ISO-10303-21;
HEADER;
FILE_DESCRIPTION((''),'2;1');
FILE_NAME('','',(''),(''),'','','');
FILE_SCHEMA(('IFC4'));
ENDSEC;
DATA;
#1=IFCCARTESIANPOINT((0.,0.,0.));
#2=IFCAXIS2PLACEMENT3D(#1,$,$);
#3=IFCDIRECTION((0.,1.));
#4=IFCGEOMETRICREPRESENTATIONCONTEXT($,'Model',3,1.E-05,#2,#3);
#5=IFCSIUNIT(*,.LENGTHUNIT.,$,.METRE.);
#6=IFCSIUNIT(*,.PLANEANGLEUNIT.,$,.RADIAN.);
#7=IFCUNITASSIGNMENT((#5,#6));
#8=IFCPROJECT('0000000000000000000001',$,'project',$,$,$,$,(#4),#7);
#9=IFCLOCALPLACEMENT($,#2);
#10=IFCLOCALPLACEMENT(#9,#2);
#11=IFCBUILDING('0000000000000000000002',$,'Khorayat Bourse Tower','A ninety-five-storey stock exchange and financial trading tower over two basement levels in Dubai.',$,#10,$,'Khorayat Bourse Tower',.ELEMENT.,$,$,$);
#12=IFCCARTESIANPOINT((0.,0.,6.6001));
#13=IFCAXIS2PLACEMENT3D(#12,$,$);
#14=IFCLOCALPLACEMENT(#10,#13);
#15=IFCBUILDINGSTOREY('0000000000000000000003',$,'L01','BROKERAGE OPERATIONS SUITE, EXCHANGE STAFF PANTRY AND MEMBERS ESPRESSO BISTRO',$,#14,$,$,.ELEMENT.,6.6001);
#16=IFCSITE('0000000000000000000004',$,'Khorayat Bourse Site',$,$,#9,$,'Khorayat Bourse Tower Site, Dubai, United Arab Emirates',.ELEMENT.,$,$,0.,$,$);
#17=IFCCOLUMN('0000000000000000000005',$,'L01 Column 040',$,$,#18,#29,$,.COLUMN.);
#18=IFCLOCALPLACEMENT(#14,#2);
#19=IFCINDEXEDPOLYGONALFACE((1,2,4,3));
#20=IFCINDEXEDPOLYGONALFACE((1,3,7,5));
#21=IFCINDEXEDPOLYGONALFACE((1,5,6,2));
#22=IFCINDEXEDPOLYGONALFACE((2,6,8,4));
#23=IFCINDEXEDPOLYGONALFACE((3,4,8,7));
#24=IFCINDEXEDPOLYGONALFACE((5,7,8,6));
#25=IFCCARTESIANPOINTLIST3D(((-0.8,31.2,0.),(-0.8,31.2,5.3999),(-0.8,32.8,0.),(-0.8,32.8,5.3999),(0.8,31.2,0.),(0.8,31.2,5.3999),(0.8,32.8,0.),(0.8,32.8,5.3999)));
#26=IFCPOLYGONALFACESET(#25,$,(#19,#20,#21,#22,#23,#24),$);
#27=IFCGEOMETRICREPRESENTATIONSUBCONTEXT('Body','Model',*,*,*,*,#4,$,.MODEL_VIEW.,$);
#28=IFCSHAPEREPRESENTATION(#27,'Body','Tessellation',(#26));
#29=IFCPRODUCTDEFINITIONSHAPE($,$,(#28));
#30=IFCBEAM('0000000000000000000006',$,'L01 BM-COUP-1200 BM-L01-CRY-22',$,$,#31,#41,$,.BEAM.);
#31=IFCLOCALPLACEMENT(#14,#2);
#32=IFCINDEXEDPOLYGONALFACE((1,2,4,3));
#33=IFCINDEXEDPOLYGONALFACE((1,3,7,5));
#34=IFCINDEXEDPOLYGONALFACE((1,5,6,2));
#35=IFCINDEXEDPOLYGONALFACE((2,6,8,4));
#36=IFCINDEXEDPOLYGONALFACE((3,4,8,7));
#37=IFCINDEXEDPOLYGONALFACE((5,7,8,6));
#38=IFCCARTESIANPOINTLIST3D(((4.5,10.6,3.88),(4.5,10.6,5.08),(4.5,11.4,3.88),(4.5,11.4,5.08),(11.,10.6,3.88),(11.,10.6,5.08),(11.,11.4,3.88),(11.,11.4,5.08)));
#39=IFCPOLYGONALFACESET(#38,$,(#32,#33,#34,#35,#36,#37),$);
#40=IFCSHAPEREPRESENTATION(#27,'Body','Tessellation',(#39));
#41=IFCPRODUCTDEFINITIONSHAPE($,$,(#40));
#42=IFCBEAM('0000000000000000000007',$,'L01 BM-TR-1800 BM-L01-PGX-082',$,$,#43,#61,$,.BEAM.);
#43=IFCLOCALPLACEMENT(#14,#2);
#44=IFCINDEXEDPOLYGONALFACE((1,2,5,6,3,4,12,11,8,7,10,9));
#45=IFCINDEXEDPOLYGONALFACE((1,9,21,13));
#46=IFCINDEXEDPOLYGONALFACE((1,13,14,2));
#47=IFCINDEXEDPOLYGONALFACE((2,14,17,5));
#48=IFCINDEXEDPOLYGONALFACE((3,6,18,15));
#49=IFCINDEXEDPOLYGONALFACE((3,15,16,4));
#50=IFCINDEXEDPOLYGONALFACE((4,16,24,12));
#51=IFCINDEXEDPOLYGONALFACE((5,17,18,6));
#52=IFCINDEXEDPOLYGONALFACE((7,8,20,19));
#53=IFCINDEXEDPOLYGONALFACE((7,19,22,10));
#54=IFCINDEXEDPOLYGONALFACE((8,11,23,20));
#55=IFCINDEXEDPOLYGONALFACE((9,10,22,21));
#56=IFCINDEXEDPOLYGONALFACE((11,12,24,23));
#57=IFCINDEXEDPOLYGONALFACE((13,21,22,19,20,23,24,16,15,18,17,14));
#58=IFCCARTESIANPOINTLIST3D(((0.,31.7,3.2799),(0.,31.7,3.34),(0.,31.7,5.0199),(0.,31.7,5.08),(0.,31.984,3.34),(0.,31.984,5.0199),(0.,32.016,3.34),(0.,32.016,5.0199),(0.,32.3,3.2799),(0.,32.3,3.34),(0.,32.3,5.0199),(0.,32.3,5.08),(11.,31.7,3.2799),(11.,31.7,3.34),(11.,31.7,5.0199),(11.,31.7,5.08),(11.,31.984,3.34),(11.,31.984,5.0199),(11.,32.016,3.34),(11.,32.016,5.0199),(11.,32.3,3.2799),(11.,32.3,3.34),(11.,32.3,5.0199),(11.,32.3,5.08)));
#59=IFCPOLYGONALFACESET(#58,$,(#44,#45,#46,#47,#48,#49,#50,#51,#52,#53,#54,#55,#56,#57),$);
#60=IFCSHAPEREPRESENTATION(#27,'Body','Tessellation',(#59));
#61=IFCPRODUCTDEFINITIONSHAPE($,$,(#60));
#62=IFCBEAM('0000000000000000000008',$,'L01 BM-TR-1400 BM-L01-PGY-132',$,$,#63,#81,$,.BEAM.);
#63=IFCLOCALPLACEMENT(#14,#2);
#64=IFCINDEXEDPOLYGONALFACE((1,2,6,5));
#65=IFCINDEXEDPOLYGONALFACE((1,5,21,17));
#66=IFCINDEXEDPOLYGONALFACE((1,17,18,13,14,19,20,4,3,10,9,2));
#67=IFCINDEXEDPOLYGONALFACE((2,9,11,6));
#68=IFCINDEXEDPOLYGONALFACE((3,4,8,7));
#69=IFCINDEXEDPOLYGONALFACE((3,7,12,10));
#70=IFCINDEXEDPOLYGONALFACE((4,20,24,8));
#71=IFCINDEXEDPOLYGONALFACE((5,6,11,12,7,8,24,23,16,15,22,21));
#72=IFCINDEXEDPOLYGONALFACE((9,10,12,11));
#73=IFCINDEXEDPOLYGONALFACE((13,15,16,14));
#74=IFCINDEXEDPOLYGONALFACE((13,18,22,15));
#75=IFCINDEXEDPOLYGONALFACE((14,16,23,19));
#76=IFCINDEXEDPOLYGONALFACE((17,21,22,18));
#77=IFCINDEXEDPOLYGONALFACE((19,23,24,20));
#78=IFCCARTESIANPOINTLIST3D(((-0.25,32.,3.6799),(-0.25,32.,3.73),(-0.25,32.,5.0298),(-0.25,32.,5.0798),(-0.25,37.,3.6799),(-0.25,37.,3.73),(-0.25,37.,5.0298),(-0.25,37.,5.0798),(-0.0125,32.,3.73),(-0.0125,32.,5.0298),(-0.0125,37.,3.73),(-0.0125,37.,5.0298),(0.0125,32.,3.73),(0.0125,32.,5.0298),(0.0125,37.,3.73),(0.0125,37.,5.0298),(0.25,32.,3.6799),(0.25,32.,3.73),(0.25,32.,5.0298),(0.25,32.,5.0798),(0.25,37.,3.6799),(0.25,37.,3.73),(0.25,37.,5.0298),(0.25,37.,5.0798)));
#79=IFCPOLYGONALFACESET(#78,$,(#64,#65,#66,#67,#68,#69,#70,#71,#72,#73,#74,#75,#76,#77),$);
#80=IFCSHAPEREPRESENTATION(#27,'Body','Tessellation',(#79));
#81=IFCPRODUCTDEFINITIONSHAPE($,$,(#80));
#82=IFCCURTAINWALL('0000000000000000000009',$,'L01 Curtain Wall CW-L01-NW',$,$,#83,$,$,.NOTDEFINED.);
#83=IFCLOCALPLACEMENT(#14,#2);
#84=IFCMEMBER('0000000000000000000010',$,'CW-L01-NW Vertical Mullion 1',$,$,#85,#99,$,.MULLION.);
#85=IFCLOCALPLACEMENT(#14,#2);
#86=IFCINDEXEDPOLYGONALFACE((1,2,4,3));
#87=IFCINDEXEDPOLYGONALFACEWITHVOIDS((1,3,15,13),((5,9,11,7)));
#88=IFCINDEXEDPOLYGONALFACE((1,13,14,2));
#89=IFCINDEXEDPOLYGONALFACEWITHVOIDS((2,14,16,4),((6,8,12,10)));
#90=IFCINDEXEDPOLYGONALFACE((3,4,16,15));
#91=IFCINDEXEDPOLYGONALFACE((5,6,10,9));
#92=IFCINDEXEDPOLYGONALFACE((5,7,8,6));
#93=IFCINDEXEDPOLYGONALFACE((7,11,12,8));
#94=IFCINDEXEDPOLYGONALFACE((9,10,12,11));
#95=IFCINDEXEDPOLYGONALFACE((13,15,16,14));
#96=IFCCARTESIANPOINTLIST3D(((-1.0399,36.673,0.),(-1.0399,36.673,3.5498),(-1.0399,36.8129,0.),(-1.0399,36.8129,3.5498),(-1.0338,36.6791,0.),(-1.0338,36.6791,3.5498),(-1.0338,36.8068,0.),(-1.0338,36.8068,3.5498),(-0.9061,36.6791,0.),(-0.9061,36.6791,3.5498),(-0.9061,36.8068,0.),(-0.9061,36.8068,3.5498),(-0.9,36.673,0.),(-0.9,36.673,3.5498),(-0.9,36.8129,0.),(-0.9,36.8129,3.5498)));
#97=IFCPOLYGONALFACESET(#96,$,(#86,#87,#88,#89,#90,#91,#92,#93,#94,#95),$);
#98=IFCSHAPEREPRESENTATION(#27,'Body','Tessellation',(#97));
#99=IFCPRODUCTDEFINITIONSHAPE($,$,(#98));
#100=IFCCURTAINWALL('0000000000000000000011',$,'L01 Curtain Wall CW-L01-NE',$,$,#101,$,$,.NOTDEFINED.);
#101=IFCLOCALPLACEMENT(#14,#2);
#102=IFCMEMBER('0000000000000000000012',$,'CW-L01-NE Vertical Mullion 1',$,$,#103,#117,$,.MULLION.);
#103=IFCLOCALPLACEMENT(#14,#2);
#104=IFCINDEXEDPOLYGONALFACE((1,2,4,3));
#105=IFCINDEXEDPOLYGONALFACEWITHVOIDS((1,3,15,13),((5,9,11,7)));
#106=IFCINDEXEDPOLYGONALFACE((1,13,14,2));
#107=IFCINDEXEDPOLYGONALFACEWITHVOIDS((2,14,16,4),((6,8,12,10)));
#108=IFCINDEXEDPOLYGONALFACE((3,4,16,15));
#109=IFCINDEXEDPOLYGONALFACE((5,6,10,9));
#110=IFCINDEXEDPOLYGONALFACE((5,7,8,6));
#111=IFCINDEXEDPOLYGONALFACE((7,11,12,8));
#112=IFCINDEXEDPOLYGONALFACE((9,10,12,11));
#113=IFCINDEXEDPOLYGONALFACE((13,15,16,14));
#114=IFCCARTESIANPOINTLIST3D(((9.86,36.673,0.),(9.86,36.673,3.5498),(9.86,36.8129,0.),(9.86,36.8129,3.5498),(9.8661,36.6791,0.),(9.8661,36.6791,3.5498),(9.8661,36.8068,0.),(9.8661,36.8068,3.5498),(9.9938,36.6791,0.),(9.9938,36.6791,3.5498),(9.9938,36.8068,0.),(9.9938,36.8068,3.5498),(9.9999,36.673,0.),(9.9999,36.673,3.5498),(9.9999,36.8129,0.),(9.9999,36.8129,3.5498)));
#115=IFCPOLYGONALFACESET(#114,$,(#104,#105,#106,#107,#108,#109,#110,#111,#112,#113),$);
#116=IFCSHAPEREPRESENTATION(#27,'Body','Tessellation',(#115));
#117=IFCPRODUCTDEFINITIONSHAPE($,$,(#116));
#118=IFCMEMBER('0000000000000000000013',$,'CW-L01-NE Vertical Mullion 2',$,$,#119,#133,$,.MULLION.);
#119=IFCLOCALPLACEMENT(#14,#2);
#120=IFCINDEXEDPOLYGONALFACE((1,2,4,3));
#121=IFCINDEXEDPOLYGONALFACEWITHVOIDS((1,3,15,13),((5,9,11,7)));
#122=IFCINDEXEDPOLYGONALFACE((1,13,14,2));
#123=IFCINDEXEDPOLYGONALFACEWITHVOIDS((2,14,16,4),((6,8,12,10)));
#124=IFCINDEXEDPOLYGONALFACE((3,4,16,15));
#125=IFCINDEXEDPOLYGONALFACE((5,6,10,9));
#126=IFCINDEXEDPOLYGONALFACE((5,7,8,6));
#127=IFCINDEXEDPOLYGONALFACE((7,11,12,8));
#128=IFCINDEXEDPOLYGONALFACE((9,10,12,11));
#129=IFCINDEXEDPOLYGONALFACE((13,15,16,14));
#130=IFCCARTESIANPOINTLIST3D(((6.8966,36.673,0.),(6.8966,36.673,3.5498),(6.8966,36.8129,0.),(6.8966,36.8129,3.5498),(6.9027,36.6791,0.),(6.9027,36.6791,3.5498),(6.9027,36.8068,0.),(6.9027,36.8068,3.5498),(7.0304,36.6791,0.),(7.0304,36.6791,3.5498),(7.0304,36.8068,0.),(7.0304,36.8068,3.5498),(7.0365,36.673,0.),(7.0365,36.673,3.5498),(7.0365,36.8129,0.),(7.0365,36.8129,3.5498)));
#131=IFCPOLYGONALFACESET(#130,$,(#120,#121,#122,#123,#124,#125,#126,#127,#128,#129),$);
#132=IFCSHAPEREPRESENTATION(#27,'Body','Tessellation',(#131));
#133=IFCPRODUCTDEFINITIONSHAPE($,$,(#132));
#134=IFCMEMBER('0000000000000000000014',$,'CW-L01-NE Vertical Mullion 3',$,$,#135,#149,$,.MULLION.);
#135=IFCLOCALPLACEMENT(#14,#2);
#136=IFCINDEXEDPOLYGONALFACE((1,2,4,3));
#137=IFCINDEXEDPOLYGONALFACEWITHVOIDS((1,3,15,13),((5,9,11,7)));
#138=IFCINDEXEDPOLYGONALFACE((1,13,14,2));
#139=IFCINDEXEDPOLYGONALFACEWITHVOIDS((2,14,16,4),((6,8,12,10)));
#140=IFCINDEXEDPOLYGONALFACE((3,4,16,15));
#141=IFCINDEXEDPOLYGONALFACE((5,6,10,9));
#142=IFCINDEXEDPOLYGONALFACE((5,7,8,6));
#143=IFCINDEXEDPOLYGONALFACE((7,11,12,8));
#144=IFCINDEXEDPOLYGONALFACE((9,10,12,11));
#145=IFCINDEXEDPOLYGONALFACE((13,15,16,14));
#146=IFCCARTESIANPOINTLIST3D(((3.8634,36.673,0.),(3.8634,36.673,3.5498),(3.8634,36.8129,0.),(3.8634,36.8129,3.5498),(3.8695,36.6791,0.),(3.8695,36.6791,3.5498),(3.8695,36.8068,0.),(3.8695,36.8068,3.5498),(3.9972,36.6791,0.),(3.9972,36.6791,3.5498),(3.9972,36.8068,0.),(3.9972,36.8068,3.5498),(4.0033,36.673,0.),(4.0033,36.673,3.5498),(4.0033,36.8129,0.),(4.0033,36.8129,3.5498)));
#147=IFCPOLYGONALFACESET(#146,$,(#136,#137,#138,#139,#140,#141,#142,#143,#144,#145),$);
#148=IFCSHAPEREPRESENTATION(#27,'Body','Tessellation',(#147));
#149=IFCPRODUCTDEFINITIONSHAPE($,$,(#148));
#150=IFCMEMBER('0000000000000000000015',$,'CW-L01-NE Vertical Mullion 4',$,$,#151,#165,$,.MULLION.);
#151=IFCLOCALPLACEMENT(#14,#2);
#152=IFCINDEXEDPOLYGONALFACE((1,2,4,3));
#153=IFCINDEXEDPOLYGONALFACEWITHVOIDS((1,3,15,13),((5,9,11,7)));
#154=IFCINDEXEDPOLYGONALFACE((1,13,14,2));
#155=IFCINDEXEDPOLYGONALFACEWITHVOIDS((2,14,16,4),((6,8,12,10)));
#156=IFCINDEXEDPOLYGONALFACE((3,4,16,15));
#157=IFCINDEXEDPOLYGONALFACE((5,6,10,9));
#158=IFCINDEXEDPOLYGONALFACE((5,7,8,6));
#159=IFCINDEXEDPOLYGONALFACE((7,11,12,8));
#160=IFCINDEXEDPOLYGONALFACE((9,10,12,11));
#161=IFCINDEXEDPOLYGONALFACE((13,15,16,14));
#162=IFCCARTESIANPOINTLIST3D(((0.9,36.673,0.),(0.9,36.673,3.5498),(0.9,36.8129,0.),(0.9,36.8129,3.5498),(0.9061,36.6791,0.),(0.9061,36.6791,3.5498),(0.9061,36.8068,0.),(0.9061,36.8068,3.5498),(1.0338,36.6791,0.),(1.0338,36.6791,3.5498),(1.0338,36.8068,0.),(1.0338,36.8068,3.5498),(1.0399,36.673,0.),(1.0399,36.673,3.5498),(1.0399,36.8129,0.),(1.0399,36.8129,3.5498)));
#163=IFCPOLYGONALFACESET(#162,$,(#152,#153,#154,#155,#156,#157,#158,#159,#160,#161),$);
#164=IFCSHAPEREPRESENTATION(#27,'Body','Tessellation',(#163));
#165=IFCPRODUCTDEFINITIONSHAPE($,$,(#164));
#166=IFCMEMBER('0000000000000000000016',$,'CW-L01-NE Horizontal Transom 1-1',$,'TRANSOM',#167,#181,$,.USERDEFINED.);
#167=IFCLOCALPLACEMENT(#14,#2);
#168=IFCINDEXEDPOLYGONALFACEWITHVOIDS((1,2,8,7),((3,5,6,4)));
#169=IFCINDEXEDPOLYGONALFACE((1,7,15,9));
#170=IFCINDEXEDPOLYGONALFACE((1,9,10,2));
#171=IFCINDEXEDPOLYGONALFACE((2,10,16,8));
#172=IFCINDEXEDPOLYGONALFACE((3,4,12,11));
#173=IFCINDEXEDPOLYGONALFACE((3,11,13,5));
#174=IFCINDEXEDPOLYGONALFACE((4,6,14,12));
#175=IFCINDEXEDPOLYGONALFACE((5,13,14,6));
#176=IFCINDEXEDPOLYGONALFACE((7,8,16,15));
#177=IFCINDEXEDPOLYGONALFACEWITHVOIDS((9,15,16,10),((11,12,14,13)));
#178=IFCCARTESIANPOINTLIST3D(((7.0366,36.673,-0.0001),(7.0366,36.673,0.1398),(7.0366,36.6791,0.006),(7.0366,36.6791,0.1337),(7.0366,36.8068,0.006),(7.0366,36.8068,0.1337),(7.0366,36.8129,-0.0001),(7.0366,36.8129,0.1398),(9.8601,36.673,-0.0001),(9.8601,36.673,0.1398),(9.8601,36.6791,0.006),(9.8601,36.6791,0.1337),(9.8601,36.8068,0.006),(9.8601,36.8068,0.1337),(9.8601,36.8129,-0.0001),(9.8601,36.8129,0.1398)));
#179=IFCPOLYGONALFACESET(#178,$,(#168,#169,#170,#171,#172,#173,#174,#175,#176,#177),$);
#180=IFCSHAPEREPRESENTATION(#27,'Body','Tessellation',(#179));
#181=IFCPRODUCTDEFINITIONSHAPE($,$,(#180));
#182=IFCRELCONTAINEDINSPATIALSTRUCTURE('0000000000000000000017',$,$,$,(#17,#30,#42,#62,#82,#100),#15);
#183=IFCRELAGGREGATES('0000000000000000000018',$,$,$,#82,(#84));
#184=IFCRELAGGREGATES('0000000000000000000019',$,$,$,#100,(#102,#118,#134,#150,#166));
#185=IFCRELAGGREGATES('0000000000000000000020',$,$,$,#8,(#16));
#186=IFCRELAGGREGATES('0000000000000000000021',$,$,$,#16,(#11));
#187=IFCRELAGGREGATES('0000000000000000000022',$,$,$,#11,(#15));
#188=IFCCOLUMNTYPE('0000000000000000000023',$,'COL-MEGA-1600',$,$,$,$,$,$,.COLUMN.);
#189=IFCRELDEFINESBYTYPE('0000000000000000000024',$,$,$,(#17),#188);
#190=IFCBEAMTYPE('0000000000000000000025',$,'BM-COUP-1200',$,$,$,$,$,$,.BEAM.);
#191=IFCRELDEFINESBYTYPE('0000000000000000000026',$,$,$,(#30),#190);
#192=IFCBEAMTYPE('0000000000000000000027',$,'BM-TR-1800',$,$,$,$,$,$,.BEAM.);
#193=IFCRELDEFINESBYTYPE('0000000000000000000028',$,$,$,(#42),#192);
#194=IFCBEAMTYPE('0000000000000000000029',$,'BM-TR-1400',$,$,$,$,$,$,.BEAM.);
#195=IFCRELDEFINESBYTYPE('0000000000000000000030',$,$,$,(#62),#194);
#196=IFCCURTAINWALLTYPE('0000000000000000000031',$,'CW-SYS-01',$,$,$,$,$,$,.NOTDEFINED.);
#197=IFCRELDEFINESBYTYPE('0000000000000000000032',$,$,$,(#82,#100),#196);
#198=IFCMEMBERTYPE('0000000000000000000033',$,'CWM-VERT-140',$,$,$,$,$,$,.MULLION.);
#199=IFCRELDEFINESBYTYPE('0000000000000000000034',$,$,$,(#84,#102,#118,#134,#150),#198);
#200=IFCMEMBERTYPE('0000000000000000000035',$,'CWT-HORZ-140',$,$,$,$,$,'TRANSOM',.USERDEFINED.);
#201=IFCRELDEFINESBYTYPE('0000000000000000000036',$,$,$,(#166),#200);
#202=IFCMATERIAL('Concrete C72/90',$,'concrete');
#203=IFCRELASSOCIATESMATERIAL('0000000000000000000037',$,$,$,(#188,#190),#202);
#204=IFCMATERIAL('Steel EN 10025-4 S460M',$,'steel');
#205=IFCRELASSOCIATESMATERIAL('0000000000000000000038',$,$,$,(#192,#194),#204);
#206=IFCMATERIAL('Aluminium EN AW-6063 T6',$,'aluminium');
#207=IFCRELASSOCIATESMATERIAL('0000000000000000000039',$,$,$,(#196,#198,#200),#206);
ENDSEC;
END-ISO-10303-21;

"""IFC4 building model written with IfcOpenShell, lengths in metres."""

from ifc_helpers import new_model, si_unit, direction, frame, origin, origin_2d, place, context, subcontext, project, spatial, rectangle, hollow_rectangle, i_section, extrude, source, transform, mapped, material, material_profile, profile_set, type_object, element, aggregate, save


model = new_model("IFC4")

# Units and contexts
model_context = context("Model", 3, precision=1e-05, world=origin(), true_north=direction((0.0, 1.0)))
body_context = subcontext(model_context, "Body", "Model", "MODEL_VIEW")
ifc_project = project(units=[si_unit("LENGTHUNIT", "METRE"), si_unit("PLANEANGLEUNIT", "RADIAN")], contexts=[model_context])

# Site, building, storey
site_placement = place(None, origin())
site = spatial("IfcSite", under=ifc_project, at=site_placement, Name="Khorayat Bourse Site", LongName="Khorayat Bourse Tower Site, Dubai, United Arab Emirates", CompositionType="ELEMENT", RefElevation=0.0)
building_placement = place(site_placement, origin())
building = spatial("IfcBuilding", under=site, at=building_placement, Name="Khorayat Bourse Tower", Description="A ninety-five-storey stock exchange and financial trading tower over two basement levels in Dubai.", LongName="Khorayat Bourse Tower", CompositionType="ELEMENT")
storey_placement = place(building_placement, frame((0.0, 0.0, 6.6001)))
storey = spatial("IfcBuildingStorey", under=building, at=storey_placement, Name="L01", Description="BROKERAGE OPERATIONS SUITE, EXCHANGE STAFF PANTRY AND MEMBERS ESPRESSO BISTRO", CompositionType="ELEMENT", Elevation=6.6001)

# Column
ifc_material_1 = material(Name="Concrete C72/90", Category="concrete")
ifc_material_profile_1 = material_profile(ifc_material_1, rectangle(XDim=1.6001, YDim=1.6001, at=origin_2d()), Name="RC 1600x1600")
ifc_profile_set_1 = profile_set([ifc_material_profile_1], Name="Concrete C72/90")
column_type = type_object("IfcColumnType", Name="COL-MEGA-1600", PredefinedType="COLUMN", material=ifc_profile_set_1)
shared_shape_1 = source(origin(), body_context, "Body", "SweptSolid", [
    extrude(rectangle(XDim=1.6001, YDim=1.6001, at=origin_2d()), origin(), (0.0, 0.0, 1.0), 5.3999),
])
column_placement = place(storey_placement, frame((0.0, 32.0, 0.0), z_axis=(0.0, 0.0, 1.0), x_axis=(1.0, 0.0, 0.0)))
element("IfcColumn", 1, at=column_placement, inside=storey, type_object=column_type, Name="L01 Column 040", PredefinedType="COLUMN", context=body_context, shape_type="MappedRepresentation", body=[
    mapped(shared_shape_1, transform((0.0, 0.0, 0.0), scale=1.0)),
])

# Beams
ifc_material_profile_2 = material_profile(ifc_material_1, rectangle(XDim=0.8, YDim=1.2, at=origin_2d()), Name="RC 800x1200")
ifc_profile_set_2 = profile_set([ifc_material_profile_2], Name="Concrete C72/90")
beam_type_1 = type_object("IfcBeamType", Name="BM-COUP-1200", PredefinedType="BEAM", material=ifc_profile_set_2)
shared_shape_2 = source(origin(), body_context, "Body", "SweptSolid", [
    extrude(rectangle(XDim=0.8, YDim=1.2, at=origin_2d()), origin(), (0.0, 0.0, 1.0), 6.5),
])
beam_1_placement = place(storey_placement, frame((4.5, 11.0, 4.48), z_axis=(1.0, 0.0, 0.0), x_axis=(0.0, 1.0, 0.0)))
element("IfcBeam", 2, at=beam_1_placement, inside=storey, type_object=beam_type_1, Name="L01 BM-COUP-1200 BM-L01-CRY-22", PredefinedType="BEAM", context=body_context, shape_type="MappedRepresentation", body=[
    mapped(shared_shape_2, transform((0.0, 0.0, 0.0), scale=1.0)),
])
ifc_material_2 = material(Name="Steel EN 10025-4 S460M", Category="steel")
ifc_material_profile_3 = material_profile(ifc_material_2, i_section(OverallWidth=0.6001, OverallDepth=1.8, WebThickness=0.032, FlangeThickness=0.0601, at=origin_2d()), Name="PG 1800x600x32x60")
ifc_profile_set_3 = profile_set([ifc_material_profile_3], Name="Steel EN 10025-4 S460M")
beam_type_2 = type_object("IfcBeamType", Name="BM-TR-1800", PredefinedType="BEAM", material=ifc_profile_set_3)
shared_shape_3 = source(origin(), body_context, "Body", "SweptSolid", [
    extrude(i_section(OverallWidth=0.6001, OverallDepth=1.8, WebThickness=0.032, FlangeThickness=0.0601, at=origin_2d()), origin(), (0.0, 0.0, 1.0), 11.0),
])
beam_2_placement = place(storey_placement, frame((0.0, 32.0, 4.1799), z_axis=(1.0, 0.0, 0.0), x_axis=(0.0, 1.0, 0.0)))
element("IfcBeam", 3, at=beam_2_placement, inside=storey, type_object=beam_type_2, Name="L01 BM-TR-1800 BM-L01-PGX-082", PredefinedType="BEAM", context=body_context, shape_type="MappedRepresentation", body=[
    mapped(shared_shape_3, transform((0.0, 0.0, 0.0), scale=1.0)),
])
ifc_material_profile_4 = material_profile(ifc_material_2, i_section(OverallWidth=0.5, OverallDepth=1.3999, WebThickness=0.0249, FlangeThickness=0.05, at=origin_2d()), Name="PG 1400x500x25x50")
ifc_profile_set_4 = profile_set([ifc_material_profile_4], Name="Steel EN 10025-4 S460M")
beam_type_3 = type_object("IfcBeamType", Name="BM-TR-1400", PredefinedType="BEAM", material=ifc_profile_set_4)
shared_shape_4 = source(origin(), body_context, "Body", "SweptSolid", [
    extrude(i_section(OverallWidth=0.5, OverallDepth=1.3999, WebThickness=0.0249, FlangeThickness=0.05, at=origin_2d()), origin(), (0.0, 0.0, 1.0), 5.0),
])
beam_3_placement = place(storey_placement, frame((0.0, 32.0, 4.3799), z_axis=(0.0, 1.0, 0.0), x_axis=(-1.0, 0.0, 0.0)))
element("IfcBeam", 4, at=beam_3_placement, inside=storey, type_object=beam_type_3, Name="L01 BM-TR-1400 BM-L01-PGY-132", PredefinedType="BEAM", context=body_context, shape_type="MappedRepresentation", body=[
    mapped(shared_shape_4, transform((0.0, 0.0, 0.0), scale=1.0)),
])

# Curtain wall, member
ifc_material_3 = material(Name="Aluminium EN AW-6063 T6", Category="aluminium")
curtain_wall_type = type_object("IfcCurtainWallType", Name="CW-SYS-01", PredefinedType="NOTDEFINED", material=ifc_material_3)
curtain_wall_1_placement = place(storey_placement, origin())
curtain_wall_1 = element("IfcCurtainWall", 5, at=curtain_wall_1_placement, inside=storey, type_object=curtain_wall_type, Name="L01 Curtain Wall CW-L01-NW", PredefinedType="NOTDEFINED")
ifc_material_profile_5 = material_profile(ifc_material_3, hollow_rectangle(XDim=0.1399, YDim=0.1399, WallThickness=0.0061, at=origin_2d()), Name="ALU 140x140x6")
ifc_profile_set_5 = profile_set([ifc_material_profile_5], Name="Aluminium EN AW-6063 T6")
member_type_1 = type_object("IfcMemberType", Name="CWM-VERT-140", PredefinedType="MULLION", material=ifc_profile_set_5)
shared_shape_5 = source(origin(), body_context, "Body", "SweptSolid", [
    extrude(hollow_rectangle(XDim=0.1399, YDim=0.1399, WallThickness=0.0061, at=origin_2d()), origin(), (0.0, 0.0, 1.0), 3.5498),
])
member_1_placement = place(storey_placement, frame((-0.97, 36.7429, 0.0), z_axis=(0.0, 0.0, 1.0), x_axis=(0.0, -1.0, 0.0)))
member_1 = element("IfcMember", 6, at=member_1_placement, type_object=member_type_1, Name="CW-L01-NW Vertical Mullion 1", PredefinedType="MULLION", context=body_context, shape_type="MappedRepresentation", body=[
    mapped(shared_shape_5, transform((0.0, 0.0, 0.0), scale=1.0)),
])

# Curtain wall, members
curtain_wall_2_placement = place(storey_placement, origin())
curtain_wall_2 = element("IfcCurtainWall", 7, at=curtain_wall_2_placement, inside=storey, type_object=curtain_wall_type, Name="L01 Curtain Wall CW-L01-NE", PredefinedType="NOTDEFINED")
member_2_placement = place(storey_placement, frame((9.9299, 36.7429, 0.0), z_axis=(0.0, 0.0, 1.0), x_axis=(0.0, -1.0, 0.0)))
member_2 = element("IfcMember", 8, at=member_2_placement, type_object=member_type_1, Name="CW-L01-NE Vertical Mullion 1", PredefinedType="MULLION", context=body_context, shape_type="MappedRepresentation", body=[
    mapped(shared_shape_5, transform((0.0, 0.0, 0.0), scale=1.0)),
])
member_3_placement = place(storey_placement, frame((6.9666, 36.7429, 0.0), z_axis=(0.0, 0.0, 1.0), x_axis=(0.0, -1.0, 0.0)))
member_3 = element("IfcMember", 9, at=member_3_placement, type_object=member_type_1, Name="CW-L01-NE Vertical Mullion 2", PredefinedType="MULLION", context=body_context, shape_type="MappedRepresentation", body=[
    mapped(shared_shape_5, transform((0.0, 0.0, 0.0), scale=1.0)),
])
member_4_placement = place(storey_placement, frame((3.9333, 36.7429, 0.0), z_axis=(0.0, 0.0, 1.0), x_axis=(0.0, -1.0, 0.0)))
member_4 = element("IfcMember", 10, at=member_4_placement, type_object=member_type_1, Name="CW-L01-NE Vertical Mullion 3", PredefinedType="MULLION", context=body_context, shape_type="MappedRepresentation", body=[
    mapped(shared_shape_5, transform((0.0, 0.0, 0.0), scale=1.0)),
])
member_5_placement = place(storey_placement, frame((0.97, 36.7429, 0.0), z_axis=(0.0, 0.0, 1.0), x_axis=(0.0, -1.0, 0.0)))
member_5 = element("IfcMember", 11, at=member_5_placement, type_object=member_type_1, Name="CW-L01-NE Vertical Mullion 4", PredefinedType="MULLION", context=body_context, shape_type="MappedRepresentation", body=[
    mapped(shared_shape_5, transform((0.0, 0.0, 0.0), scale=1.0)),
])
ifc_material_profile_6 = material_profile(ifc_material_3, hollow_rectangle(XDim=0.1399, YDim=0.1399, WallThickness=0.0061, at=origin_2d()), Name="ALU 140x140x6")
ifc_profile_set_6 = profile_set([ifc_material_profile_6], Name="Aluminium EN AW-6063 T6")
member_type_2 = type_object("IfcMemberType", Name="CWT-HORZ-140", ElementType="TRANSOM", PredefinedType="USERDEFINED", material=ifc_profile_set_6)
shared_shape_6 = source(origin(), body_context, "Body", "SweptSolid", [
    extrude(hollow_rectangle(XDim=0.1399, YDim=0.1399, WallThickness=0.0061, at=origin_2d()), origin(), (0.0, 0.0, 1.0), 2.8235),
])
member_6_placement = place(storey_placement, frame((9.8601, 36.7429, 0.0698), z_axis=(-1.0, 0.0, 0.0), x_axis=(0.0, -1.0, 0.0)))
member_6 = element("IfcMember", 12, at=member_6_placement, type_object=member_type_2, Name="CW-L01-NE Horizontal Transom 1-1", ObjectType="TRANSOM", PredefinedType="USERDEFINED", context=body_context, shape_type="MappedRepresentation", body=[
    mapped(shared_shape_6, transform((0.0, 0.0, 0.0), scale=1.0)),
])

aggregate(curtain_wall_1, [member_1])

aggregate(curtain_wall_2, [member_2, member_3, member_4, member_5, member_6])

save(model, "model.ifc")
